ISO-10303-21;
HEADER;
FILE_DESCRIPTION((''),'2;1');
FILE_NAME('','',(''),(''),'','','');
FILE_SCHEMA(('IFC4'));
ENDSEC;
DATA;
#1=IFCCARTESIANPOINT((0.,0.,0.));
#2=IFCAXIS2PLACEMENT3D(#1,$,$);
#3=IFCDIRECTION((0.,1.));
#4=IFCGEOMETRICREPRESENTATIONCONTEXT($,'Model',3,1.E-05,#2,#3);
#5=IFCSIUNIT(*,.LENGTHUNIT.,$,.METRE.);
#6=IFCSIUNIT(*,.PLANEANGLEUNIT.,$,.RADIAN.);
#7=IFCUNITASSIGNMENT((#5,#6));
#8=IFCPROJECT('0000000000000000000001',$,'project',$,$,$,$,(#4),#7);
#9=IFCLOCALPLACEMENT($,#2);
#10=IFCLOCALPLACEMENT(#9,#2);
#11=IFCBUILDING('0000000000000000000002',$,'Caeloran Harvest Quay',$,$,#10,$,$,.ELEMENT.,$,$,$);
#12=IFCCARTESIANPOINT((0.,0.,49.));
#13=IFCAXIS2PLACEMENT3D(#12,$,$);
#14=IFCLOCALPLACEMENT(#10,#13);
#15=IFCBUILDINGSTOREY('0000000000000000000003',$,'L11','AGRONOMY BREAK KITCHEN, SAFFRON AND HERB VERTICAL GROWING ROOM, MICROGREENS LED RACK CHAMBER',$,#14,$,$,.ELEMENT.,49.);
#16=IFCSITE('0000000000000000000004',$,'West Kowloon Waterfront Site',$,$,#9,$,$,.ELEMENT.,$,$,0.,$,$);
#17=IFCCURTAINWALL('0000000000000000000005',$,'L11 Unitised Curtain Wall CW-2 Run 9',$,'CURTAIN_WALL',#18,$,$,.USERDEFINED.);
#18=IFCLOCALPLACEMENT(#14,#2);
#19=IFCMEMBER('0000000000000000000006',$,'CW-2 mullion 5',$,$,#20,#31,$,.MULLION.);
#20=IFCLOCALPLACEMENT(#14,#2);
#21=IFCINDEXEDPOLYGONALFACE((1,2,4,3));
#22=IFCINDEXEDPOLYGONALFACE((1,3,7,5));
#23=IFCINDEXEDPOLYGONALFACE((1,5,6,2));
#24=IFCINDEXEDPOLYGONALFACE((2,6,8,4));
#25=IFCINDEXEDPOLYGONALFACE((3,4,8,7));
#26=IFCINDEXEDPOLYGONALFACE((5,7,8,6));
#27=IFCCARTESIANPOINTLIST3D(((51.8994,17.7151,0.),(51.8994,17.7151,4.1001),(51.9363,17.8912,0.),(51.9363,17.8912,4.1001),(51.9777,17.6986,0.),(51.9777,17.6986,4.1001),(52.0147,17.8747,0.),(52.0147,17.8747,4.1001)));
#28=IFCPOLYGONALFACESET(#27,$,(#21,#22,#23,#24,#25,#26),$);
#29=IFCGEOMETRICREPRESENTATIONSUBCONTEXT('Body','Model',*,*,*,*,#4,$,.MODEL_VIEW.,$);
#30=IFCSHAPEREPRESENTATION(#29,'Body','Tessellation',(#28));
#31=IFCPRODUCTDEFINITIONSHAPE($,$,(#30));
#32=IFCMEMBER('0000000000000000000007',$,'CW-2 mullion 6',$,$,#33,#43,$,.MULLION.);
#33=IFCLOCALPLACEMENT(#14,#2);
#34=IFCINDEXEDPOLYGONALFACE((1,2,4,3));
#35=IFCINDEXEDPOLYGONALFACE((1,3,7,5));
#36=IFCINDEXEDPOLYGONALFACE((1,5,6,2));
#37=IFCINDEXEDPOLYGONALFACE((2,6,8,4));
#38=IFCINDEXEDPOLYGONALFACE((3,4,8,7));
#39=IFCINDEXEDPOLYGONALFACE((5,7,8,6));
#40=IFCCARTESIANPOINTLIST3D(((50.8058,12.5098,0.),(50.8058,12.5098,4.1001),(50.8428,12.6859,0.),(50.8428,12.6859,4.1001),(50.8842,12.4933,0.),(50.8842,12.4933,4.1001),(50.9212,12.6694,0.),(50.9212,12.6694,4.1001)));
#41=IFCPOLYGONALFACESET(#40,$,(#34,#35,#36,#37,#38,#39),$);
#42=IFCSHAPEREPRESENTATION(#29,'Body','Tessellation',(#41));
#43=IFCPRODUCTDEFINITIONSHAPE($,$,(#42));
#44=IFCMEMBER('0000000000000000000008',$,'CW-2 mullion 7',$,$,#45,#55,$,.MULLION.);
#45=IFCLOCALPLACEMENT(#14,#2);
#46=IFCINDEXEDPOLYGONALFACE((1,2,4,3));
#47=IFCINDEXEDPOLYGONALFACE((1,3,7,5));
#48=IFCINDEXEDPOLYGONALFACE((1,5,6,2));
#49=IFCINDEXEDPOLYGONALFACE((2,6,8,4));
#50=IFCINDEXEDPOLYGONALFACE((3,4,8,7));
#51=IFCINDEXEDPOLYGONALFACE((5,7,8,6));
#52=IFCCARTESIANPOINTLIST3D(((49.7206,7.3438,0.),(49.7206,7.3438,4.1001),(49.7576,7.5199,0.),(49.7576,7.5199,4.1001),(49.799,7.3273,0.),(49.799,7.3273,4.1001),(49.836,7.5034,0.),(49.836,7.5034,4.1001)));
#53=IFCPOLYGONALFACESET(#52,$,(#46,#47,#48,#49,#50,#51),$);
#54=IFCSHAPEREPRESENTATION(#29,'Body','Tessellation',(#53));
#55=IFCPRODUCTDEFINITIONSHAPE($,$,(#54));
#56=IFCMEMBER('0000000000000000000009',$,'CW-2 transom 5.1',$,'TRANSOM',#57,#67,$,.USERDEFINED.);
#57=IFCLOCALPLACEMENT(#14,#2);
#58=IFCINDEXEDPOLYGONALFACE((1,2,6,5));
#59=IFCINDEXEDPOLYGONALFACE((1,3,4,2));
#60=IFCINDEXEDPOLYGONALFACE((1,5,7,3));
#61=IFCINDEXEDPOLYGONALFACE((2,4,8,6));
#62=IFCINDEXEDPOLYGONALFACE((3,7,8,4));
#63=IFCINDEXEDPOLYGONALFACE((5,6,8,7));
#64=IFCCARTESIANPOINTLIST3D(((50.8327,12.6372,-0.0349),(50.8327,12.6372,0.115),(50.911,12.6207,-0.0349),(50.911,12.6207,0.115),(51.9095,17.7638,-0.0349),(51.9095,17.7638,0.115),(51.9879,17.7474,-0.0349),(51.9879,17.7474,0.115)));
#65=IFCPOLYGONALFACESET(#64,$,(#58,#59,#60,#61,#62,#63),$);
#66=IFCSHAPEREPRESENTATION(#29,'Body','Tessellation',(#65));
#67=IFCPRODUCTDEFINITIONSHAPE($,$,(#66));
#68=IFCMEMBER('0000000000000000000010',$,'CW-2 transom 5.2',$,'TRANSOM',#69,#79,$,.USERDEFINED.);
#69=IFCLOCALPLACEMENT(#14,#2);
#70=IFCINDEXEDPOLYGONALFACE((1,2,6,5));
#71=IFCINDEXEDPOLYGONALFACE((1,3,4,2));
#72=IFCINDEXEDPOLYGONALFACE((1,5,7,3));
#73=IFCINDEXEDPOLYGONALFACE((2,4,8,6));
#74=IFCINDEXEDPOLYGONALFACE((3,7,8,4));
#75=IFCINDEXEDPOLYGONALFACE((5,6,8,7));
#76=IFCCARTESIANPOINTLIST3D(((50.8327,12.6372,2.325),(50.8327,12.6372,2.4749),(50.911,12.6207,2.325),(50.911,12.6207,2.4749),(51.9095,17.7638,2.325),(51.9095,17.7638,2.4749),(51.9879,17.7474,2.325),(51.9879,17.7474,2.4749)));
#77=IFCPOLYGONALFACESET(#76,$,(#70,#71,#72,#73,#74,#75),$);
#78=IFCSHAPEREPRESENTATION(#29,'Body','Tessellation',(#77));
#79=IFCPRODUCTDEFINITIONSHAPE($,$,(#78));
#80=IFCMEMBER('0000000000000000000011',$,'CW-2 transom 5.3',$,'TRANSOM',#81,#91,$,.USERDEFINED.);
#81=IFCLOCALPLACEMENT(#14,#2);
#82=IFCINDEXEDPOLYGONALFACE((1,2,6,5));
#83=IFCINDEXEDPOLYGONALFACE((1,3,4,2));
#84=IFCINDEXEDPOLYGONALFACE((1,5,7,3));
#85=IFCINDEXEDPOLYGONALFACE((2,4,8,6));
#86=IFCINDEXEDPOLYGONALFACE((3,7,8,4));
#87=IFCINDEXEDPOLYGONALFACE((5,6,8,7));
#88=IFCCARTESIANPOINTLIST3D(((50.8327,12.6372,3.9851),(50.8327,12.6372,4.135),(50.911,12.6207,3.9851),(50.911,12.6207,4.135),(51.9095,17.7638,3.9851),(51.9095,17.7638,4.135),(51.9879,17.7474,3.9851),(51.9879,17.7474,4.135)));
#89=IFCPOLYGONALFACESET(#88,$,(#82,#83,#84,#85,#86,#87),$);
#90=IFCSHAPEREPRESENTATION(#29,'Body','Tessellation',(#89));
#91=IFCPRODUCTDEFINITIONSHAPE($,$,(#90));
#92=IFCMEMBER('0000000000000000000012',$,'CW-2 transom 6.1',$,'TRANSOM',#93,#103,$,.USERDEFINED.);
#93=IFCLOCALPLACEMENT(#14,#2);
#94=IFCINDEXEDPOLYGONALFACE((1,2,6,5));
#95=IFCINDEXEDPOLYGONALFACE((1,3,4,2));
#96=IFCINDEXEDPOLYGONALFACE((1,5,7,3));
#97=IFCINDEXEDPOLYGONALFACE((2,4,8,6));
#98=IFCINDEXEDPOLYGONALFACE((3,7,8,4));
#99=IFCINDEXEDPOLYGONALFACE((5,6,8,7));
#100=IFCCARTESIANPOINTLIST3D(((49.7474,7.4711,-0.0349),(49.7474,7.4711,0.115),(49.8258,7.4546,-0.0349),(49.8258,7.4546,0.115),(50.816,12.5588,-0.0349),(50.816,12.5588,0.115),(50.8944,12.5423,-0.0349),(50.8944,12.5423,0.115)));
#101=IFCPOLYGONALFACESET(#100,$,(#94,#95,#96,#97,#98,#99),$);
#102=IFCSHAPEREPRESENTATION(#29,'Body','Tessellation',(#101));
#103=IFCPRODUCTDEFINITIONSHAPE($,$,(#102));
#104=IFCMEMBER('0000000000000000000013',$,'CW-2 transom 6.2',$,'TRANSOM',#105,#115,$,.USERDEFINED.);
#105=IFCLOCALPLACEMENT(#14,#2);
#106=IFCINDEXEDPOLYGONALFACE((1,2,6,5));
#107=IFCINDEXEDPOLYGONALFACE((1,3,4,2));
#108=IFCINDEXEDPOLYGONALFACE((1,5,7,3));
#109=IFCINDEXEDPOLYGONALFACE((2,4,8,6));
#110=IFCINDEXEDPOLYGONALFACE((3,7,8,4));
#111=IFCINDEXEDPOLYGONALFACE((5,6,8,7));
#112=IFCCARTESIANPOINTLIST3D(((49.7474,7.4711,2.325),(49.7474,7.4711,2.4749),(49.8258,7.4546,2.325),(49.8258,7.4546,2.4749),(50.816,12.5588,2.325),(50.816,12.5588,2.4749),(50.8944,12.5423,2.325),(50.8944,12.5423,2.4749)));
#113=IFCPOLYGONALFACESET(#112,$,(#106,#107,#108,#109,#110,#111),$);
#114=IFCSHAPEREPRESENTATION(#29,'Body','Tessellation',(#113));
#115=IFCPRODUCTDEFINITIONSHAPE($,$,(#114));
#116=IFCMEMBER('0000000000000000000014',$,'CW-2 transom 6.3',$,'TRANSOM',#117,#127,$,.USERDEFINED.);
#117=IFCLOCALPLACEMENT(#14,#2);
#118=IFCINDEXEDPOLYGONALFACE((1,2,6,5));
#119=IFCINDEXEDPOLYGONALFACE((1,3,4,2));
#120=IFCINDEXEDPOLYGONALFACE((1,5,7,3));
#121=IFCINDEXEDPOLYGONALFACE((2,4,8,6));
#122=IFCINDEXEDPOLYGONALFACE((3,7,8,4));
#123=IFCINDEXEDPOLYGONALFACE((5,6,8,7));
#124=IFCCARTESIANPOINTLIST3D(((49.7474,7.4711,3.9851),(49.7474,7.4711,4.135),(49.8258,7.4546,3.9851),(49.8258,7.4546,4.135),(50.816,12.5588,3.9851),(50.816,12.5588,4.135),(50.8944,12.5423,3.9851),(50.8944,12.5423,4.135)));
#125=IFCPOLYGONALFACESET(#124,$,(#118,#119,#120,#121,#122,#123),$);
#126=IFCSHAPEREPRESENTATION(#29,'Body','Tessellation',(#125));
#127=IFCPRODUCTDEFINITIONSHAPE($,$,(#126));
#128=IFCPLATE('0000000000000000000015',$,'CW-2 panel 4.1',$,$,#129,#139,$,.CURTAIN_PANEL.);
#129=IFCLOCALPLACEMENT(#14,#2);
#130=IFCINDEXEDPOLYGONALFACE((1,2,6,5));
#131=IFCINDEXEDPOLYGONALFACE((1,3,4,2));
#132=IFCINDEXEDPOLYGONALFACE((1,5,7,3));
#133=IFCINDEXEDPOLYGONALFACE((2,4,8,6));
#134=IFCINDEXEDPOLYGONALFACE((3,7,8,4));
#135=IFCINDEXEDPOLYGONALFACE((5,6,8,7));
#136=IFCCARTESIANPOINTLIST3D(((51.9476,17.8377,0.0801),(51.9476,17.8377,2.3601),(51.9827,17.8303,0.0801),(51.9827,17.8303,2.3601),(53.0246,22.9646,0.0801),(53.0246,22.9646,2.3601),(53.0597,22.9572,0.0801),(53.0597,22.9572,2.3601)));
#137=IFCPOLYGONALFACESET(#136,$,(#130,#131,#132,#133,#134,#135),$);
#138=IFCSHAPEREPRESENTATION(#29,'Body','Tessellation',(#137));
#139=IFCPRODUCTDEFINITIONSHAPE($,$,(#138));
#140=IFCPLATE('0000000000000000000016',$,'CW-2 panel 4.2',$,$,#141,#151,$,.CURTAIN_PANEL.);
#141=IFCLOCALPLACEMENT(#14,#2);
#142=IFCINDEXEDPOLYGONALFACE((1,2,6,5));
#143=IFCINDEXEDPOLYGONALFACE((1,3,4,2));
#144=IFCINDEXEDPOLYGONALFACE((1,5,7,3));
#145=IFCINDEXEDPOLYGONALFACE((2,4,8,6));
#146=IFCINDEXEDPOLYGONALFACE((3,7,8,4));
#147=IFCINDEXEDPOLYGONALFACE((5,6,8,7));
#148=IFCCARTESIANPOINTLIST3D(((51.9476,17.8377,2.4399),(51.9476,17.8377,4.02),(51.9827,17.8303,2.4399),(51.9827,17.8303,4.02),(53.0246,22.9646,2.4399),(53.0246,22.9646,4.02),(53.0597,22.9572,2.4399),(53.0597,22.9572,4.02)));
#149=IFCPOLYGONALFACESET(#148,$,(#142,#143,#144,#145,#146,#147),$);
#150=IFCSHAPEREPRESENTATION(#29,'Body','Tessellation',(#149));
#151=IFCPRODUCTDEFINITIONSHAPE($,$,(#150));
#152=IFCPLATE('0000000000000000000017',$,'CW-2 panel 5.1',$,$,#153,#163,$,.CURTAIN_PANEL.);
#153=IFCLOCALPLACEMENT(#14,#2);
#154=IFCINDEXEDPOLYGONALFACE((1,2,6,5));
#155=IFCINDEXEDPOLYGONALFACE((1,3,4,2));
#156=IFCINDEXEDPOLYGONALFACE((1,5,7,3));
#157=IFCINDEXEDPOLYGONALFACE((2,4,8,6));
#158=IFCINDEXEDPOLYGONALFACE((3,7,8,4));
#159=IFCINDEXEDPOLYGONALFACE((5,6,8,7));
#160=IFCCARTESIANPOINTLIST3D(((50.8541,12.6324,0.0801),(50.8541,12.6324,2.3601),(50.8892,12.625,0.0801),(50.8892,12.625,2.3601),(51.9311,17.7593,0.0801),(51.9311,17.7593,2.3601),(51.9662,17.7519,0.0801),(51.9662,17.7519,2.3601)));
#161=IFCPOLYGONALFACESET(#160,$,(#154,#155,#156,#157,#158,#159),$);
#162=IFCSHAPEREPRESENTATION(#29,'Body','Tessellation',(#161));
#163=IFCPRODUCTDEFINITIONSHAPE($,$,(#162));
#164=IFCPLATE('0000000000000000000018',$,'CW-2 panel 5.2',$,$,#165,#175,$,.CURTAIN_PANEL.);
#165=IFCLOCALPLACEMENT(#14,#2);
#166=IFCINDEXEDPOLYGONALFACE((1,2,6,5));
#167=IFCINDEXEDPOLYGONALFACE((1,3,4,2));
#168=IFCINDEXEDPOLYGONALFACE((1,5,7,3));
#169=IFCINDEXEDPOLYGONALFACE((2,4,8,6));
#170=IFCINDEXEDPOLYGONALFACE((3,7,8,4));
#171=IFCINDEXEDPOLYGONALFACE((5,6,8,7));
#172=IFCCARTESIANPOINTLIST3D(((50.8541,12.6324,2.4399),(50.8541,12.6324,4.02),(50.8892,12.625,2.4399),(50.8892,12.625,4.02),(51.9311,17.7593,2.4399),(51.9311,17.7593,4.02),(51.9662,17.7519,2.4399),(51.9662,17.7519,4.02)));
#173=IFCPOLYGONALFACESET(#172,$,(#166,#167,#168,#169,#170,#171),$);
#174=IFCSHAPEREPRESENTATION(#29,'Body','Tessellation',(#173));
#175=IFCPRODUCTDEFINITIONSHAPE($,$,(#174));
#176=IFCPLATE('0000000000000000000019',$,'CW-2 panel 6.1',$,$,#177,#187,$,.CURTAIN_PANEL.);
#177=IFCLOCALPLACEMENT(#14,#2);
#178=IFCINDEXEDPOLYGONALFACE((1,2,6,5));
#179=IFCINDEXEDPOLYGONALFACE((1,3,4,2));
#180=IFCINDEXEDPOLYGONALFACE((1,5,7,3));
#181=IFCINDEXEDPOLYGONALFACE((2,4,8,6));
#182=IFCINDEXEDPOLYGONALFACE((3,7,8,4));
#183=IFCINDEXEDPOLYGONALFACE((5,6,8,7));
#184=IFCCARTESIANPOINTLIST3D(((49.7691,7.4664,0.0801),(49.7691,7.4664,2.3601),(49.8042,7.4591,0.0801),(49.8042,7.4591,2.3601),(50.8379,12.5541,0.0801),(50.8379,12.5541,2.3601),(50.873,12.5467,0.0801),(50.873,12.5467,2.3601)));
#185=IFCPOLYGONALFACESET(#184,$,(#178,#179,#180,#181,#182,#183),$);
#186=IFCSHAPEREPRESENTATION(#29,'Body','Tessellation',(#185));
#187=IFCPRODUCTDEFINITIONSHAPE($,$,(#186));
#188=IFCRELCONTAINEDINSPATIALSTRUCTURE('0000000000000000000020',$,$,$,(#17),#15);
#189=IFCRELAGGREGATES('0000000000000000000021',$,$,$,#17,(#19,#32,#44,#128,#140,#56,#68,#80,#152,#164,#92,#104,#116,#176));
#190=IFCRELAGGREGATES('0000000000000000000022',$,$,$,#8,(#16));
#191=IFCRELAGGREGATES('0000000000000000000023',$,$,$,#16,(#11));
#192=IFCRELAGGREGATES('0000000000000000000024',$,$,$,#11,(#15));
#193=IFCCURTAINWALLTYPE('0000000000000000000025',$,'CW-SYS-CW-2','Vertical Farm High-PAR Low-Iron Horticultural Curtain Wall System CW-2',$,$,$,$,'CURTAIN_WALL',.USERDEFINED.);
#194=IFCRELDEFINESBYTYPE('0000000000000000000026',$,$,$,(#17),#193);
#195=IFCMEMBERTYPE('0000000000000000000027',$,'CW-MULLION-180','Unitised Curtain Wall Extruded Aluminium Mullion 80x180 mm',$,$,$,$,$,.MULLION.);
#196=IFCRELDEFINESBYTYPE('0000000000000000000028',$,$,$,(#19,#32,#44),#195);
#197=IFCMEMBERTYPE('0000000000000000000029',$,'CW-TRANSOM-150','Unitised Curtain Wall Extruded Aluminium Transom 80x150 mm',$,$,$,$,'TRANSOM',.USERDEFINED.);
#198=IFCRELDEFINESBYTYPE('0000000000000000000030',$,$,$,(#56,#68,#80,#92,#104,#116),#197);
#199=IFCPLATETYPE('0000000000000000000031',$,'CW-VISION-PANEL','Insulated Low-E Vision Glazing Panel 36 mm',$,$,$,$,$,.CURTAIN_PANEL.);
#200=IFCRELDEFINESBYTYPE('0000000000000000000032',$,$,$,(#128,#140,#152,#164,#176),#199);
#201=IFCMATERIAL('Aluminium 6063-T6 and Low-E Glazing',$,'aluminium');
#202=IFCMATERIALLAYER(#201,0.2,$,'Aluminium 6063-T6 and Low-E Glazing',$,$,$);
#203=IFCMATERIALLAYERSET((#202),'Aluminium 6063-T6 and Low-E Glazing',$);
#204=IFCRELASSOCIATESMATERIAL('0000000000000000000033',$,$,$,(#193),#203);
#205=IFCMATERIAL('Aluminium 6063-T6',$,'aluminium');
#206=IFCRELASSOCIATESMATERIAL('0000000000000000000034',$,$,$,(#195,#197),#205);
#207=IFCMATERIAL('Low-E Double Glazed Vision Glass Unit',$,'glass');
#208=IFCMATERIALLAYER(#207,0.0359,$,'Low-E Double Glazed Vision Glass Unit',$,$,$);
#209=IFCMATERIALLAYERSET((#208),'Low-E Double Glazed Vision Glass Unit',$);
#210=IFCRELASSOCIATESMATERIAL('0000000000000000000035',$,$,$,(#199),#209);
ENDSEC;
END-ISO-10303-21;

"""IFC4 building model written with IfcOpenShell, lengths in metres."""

from ifc_helpers import new_model, si_unit, direction, frame, origin, origin_2d, place, context, subcontext, project, spatial, rectangle, extrude, material, layer, layer_set, material_profile, profile_set, type_object, element, aggregate, save


model = new_model("IFC4")

# Units and contexts
model_context = context("Model", 3, precision=1e-05, world=origin(), true_north=direction((0.0, 1.0)))
body_context = subcontext(model_context, "Body", "Model", "MODEL_VIEW")
ifc_project = project(units=[si_unit("LENGTHUNIT", "METRE"), si_unit("PLANEANGLEUNIT", "RADIAN")], contexts=[model_context])

# Site, building, storey
site_placement = place(None, origin())
site = spatial("IfcSite", under=ifc_project, at=site_placement, Name="West Kowloon Waterfront Site", CompositionType="ELEMENT", RefElevation=0.0)
building_placement = place(site_placement, origin())
building = spatial("IfcBuilding", under=site, at=building_placement, Name="Caeloran Harvest Quay", CompositionType="ELEMENT")
storey_placement = place(building_placement, frame((0.0, 0.0, 49.0)))
storey = spatial("IfcBuildingStorey", under=building, at=storey_placement, Name="L11", Description="AGRONOMY BREAK KITCHEN, SAFFRON AND HERB VERTICAL GROWING ROOM, MICROGREENS LED RACK CHAMBER", CompositionType="ELEMENT", Elevation=49.0)

# Curtain wall, members, plates
ifc_material_1 = material(Name="Aluminium 6063-T6 and Low-E Glazing", Category="aluminium")
ifc_layer_1 = layer(ifc_material_1, 0.2, Name="Aluminium 6063-T6 and Low-E Glazing")
ifc_layer_set_1 = layer_set([ifc_layer_1], Name="Aluminium 6063-T6 and Low-E Glazing")
curtain_wall_type = type_object("IfcCurtainWallType", Name="CW-SYS-CW-2", Description="Vertical Farm High-PAR Low-Iron Horticultural Curtain Wall System CW-2", ElementType="CURTAIN_WALL", PredefinedType="USERDEFINED", material=ifc_layer_set_1)
curtain_wall_placement = place(storey_placement, origin())
curtain_wall = element("IfcCurtainWall", 1, at=curtain_wall_placement, inside=storey, type_object=curtain_wall_type, Name="L11 Unitised Curtain Wall CW-2 Run 9", ObjectType="CURTAIN_WALL", PredefinedType="USERDEFINED")
ifc_material_2 = material(Name="Aluminium 6063-T6", Category="aluminium")
ifc_material_profile_1 = material_profile(ifc_material_2, rectangle(XDim=0.0801, YDim=0.1799, at=origin_2d()), Name="CW-MULLION-180")
ifc_profile_set_1 = profile_set([ifc_material_profile_1], Name="Aluminium 6063-T6")
member_type_1 = type_object("IfcMemberType", Name="CW-MULLION-180", Description="Unitised Curtain Wall Extruded Aluminium Mullion 80x180 mm", PredefinedType="MULLION", material=ifc_profile_set_1)
member_1_placement = place(storey_placement, frame((51.957, 17.7949, 0.0), z_axis=(0.0, 0.0, 1.0), x_axis=(0.97864, -0.205583, 0.0)))
member_1 = element("IfcMember", 2, at=member_1_placement, type_object=member_type_1, Name="CW-2 mullion 5", PredefinedType="MULLION", context=body_context, shape_type="SweptSolid", body=[
    extrude(rectangle(XDim=0.0801, YDim=0.1799, at=origin_2d()), origin(), (0.0, 0.0, 1.0), 4.1001),
])
member_2_placement = place(storey_placement, frame((50.8635, 12.5896, 0.0), z_axis=(0.0, 0.0, 1.0), x_axis=(0.97864, -0.205583, 0.0)))
member_2 = element("IfcMember", 3, at=member_2_placement, type_object=member_type_1, Name="CW-2 mullion 6", PredefinedType="MULLION", context=body_context, shape_type="SweptSolid", body=[
    extrude(rectangle(XDim=0.0801, YDim=0.1799, at=origin_2d()), origin(), (0.0, 0.0, 1.0), 4.1001),
])
member_3_placement = place(storey_placement, frame((49.7783, 7.4236, 0.0), z_axis=(0.0, 0.0, 1.0), x_axis=(0.97864, -0.205583, 0.0)))
member_3 = element("IfcMember", 4, at=member_3_placement, type_object=member_type_1, Name="CW-2 mullion 7", PredefinedType="MULLION", context=body_context, shape_type="SweptSolid", body=[
    extrude(rectangle(XDim=0.0801, YDim=0.1799, at=origin_2d()), origin(), (0.0, 0.0, 1.0), 4.1001),
])
ifc_material_profile_2 = material_profile(ifc_material_2, rectangle(XDim=0.0801, YDim=0.1499, at=origin_2d()), Name="CW-TRANSOM-150")
ifc_profile_set_2 = profile_set([ifc_material_profile_2], Name="Aluminium 6063-T6")
member_type_2 = type_object("IfcMemberType", Name="CW-TRANSOM-150", Description="Unitised Curtain Wall Extruded Aluminium Transom 80x150 mm", ElementType="TRANSOM", PredefinedType="USERDEFINED", material=ifc_profile_set_2)
member_4_placement = place(storey_placement, frame((51.9487, 17.7556, 0.04), z_axis=(-0.205571, -0.978642, 0.0), x_axis=(0.978642, -0.205571, 0.0)))
member_4 = element("IfcMember", 5, at=member_4_placement, type_object=member_type_2, Name="CW-2 transom 5.1", ObjectType="TRANSOM", PredefinedType="USERDEFINED", context=body_context, shape_type="SweptSolid", body=[
    extrude(rectangle(XDim=0.0801, YDim=0.1499, at=origin_2d()), origin(), (0.0, 0.0, 1.0), 5.2385),
])
member_5_placement = place(storey_placement, frame((51.9487, 17.7556, 2.3999), z_axis=(-0.205571, -0.978642, 0.0), x_axis=(0.978642, -0.205571, 0.0)))
member_5 = element("IfcMember", 6, at=member_5_placement, type_object=member_type_2, Name="CW-2 transom 5.2", ObjectType="TRANSOM", PredefinedType="USERDEFINED", context=body_context, shape_type="SweptSolid", body=[
    extrude(rectangle(XDim=0.0801, YDim=0.1499, at=origin_2d()), origin(), (0.0, 0.0, 1.0), 5.2385),
])
member_6_placement = place(storey_placement, frame((51.9487, 17.7556, 4.0601), z_axis=(-0.205571, -0.978642, 0.0), x_axis=(0.978642, -0.205571, 0.0)))
member_6 = element("IfcMember", 7, at=member_6_placement, type_object=member_type_2, Name="CW-2 transom 5.3", ObjectType="TRANSOM", PredefinedType="USERDEFINED", context=body_context, shape_type="SweptSolid", body=[
    extrude(rectangle(XDim=0.0801, YDim=0.1499, at=origin_2d()), origin(), (0.0, 0.0, 1.0), 5.2385),
])
member_7_placement = place(storey_placement, frame((50.8552, 12.5505, 0.04), z_axis=(-0.205554, -0.978646, 0.0), x_axis=(0.978646, -0.205554, 0.0)))
member_7 = element("IfcMember", 8, at=member_7_placement, type_object=member_type_2, Name="CW-2 transom 6.1", ObjectType="TRANSOM", PredefinedType="USERDEFINED", context=body_context, shape_type="SweptSolid", body=[
    extrude(rectangle(XDim=0.0801, YDim=0.1499, at=origin_2d()), origin(), (0.0, 0.0, 1.0), 5.1987),
])
member_8_placement = place(storey_placement, frame((50.8552, 12.5505, 2.3999), z_axis=(-0.205554, -0.978646, 0.0), x_axis=(0.978646, -0.205554, 0.0)))
member_8 = element("IfcMember", 9, at=member_8_placement, type_object=member_type_2, Name="CW-2 transom 6.2", ObjectType="TRANSOM", PredefinedType="USERDEFINED", context=body_context, shape_type="SweptSolid", body=[
    extrude(rectangle(XDim=0.0801, YDim=0.1499, at=origin_2d()), origin(), (0.0, 0.0, 1.0), 5.1987),
])
member_9_placement = place(storey_placement, frame((50.8552, 12.5505, 4.0601), z_axis=(-0.205554, -0.978646, 0.0), x_axis=(0.978646, -0.205554, 0.0)))
member_9 = element("IfcMember", 10, at=member_9_placement, type_object=member_type_2, Name="CW-2 transom 6.3", ObjectType="TRANSOM", PredefinedType="USERDEFINED", context=body_context, shape_type="SweptSolid", body=[
    extrude(rectangle(XDim=0.0801, YDim=0.1499, at=origin_2d()), origin(), (0.0, 0.0, 1.0), 5.1987),
])
ifc_material_3 = material(Name="Low-E Double Glazed Vision Glass Unit", Category="glass")
ifc_layer_2 = layer(ifc_material_3, 0.0359, Name="Low-E Double Glazed Vision Glass Unit")
ifc_layer_set_2 = layer_set([ifc_layer_2], Name="Low-E Double Glazed Vision Glass Unit")
plate_type_1 = type_object("IfcPlateType", Name="CW-VISION-PANEL", Description="Insulated Low-E Vision Glazing Panel 36 mm", PredefinedType="CURTAIN_PANEL", material=ifc_layer_set_2)
plate_1_placement = place(storey_placement, frame((52.5037, 20.3975, 0.0801), z_axis=(0.0, 0.0, 1.0), x_axis=(-0.205583, -0.97864, 0.0)))
plate_1 = element("IfcPlate", 11, at=plate_1_placement, type_object=plate_type_1, Name="CW-2 panel 4.1", PredefinedType="CURTAIN_PANEL", context=body_context, shape_type="SweptSolid", body=[
    extrude(rectangle(XDim=5.2388, YDim=0.0359, at=origin_2d()), origin(), (0.0, 0.0, 1.0), 2.28),
])
plate_2_placement = place(storey_placement, frame((52.5037, 20.3975, 2.4399), z_axis=(0.0, 0.0, 1.0), x_axis=(-0.205583, -0.97864, 0.0)))
plate_2 = element("IfcPlate", 12, at=plate_2_placement, type_object=plate_type_1, Name="CW-2 panel 4.2", PredefinedType="CURTAIN_PANEL", context=body_context, shape_type="SweptSolid", body=[
    extrude(rectangle(XDim=5.2388, YDim=0.0359, at=origin_2d()), origin(), (0.0, 0.0, 1.0), 1.5801),
])
plate_3_placement = place(storey_placement, frame((51.4102, 15.1921, 0.0801), z_axis=(0.0, 0.0, 1.0), x_axis=(-0.205583, -0.97864, 0.0)))
plate_3 = element("IfcPlate", 13, at=plate_3_placement, type_object=plate_type_1, Name="CW-2 panel 5.1", PredefinedType="CURTAIN_PANEL", context=body_context, shape_type="SweptSolid", body=[
    extrude(rectangle(XDim=5.2388, YDim=0.0359, at=origin_2d()), origin(), (0.0, 0.0, 1.0), 2.28),
])
plate_4_placement = place(storey_placement, frame((51.4102, 15.1921, 2.4399), z_axis=(0.0, 0.0, 1.0), x_axis=(-0.205583, -0.97864, 0.0)))
plate_4 = element("IfcPlate", 14, at=plate_4_placement, type_object=plate_type_1, Name="CW-2 panel 5.2", PredefinedType="CURTAIN_PANEL", context=body_context, shape_type="SweptSolid", body=[
    extrude(rectangle(XDim=5.2388, YDim=0.0359, at=origin_2d()), origin(), (0.0, 0.0, 1.0), 1.5801),
])
plate_5_placement = place(storey_placement, frame((50.321, 10.0066, 0.0801), z_axis=(0.0, 0.0, 1.0), x_axis=(-0.205583, -0.97864, 0.0)))
plate_5 = element("IfcPlate", 15, at=plate_5_placement, type_object=plate_type_1, Name="CW-2 panel 6.1", PredefinedType="CURTAIN_PANEL", context=body_context, shape_type="SweptSolid", body=[
    extrude(rectangle(XDim=5.1987, YDim=0.0359, at=origin_2d()), origin(), (0.0, 0.0, 1.0), 2.28),
])
aggregate(curtain_wall, [member_1, member_2, member_3, plate_1, plate_2, member_4, member_5, member_6, plate_3, plate_4, member_7, member_8, member_9, plate_5])

save(model, "model.ifc")
